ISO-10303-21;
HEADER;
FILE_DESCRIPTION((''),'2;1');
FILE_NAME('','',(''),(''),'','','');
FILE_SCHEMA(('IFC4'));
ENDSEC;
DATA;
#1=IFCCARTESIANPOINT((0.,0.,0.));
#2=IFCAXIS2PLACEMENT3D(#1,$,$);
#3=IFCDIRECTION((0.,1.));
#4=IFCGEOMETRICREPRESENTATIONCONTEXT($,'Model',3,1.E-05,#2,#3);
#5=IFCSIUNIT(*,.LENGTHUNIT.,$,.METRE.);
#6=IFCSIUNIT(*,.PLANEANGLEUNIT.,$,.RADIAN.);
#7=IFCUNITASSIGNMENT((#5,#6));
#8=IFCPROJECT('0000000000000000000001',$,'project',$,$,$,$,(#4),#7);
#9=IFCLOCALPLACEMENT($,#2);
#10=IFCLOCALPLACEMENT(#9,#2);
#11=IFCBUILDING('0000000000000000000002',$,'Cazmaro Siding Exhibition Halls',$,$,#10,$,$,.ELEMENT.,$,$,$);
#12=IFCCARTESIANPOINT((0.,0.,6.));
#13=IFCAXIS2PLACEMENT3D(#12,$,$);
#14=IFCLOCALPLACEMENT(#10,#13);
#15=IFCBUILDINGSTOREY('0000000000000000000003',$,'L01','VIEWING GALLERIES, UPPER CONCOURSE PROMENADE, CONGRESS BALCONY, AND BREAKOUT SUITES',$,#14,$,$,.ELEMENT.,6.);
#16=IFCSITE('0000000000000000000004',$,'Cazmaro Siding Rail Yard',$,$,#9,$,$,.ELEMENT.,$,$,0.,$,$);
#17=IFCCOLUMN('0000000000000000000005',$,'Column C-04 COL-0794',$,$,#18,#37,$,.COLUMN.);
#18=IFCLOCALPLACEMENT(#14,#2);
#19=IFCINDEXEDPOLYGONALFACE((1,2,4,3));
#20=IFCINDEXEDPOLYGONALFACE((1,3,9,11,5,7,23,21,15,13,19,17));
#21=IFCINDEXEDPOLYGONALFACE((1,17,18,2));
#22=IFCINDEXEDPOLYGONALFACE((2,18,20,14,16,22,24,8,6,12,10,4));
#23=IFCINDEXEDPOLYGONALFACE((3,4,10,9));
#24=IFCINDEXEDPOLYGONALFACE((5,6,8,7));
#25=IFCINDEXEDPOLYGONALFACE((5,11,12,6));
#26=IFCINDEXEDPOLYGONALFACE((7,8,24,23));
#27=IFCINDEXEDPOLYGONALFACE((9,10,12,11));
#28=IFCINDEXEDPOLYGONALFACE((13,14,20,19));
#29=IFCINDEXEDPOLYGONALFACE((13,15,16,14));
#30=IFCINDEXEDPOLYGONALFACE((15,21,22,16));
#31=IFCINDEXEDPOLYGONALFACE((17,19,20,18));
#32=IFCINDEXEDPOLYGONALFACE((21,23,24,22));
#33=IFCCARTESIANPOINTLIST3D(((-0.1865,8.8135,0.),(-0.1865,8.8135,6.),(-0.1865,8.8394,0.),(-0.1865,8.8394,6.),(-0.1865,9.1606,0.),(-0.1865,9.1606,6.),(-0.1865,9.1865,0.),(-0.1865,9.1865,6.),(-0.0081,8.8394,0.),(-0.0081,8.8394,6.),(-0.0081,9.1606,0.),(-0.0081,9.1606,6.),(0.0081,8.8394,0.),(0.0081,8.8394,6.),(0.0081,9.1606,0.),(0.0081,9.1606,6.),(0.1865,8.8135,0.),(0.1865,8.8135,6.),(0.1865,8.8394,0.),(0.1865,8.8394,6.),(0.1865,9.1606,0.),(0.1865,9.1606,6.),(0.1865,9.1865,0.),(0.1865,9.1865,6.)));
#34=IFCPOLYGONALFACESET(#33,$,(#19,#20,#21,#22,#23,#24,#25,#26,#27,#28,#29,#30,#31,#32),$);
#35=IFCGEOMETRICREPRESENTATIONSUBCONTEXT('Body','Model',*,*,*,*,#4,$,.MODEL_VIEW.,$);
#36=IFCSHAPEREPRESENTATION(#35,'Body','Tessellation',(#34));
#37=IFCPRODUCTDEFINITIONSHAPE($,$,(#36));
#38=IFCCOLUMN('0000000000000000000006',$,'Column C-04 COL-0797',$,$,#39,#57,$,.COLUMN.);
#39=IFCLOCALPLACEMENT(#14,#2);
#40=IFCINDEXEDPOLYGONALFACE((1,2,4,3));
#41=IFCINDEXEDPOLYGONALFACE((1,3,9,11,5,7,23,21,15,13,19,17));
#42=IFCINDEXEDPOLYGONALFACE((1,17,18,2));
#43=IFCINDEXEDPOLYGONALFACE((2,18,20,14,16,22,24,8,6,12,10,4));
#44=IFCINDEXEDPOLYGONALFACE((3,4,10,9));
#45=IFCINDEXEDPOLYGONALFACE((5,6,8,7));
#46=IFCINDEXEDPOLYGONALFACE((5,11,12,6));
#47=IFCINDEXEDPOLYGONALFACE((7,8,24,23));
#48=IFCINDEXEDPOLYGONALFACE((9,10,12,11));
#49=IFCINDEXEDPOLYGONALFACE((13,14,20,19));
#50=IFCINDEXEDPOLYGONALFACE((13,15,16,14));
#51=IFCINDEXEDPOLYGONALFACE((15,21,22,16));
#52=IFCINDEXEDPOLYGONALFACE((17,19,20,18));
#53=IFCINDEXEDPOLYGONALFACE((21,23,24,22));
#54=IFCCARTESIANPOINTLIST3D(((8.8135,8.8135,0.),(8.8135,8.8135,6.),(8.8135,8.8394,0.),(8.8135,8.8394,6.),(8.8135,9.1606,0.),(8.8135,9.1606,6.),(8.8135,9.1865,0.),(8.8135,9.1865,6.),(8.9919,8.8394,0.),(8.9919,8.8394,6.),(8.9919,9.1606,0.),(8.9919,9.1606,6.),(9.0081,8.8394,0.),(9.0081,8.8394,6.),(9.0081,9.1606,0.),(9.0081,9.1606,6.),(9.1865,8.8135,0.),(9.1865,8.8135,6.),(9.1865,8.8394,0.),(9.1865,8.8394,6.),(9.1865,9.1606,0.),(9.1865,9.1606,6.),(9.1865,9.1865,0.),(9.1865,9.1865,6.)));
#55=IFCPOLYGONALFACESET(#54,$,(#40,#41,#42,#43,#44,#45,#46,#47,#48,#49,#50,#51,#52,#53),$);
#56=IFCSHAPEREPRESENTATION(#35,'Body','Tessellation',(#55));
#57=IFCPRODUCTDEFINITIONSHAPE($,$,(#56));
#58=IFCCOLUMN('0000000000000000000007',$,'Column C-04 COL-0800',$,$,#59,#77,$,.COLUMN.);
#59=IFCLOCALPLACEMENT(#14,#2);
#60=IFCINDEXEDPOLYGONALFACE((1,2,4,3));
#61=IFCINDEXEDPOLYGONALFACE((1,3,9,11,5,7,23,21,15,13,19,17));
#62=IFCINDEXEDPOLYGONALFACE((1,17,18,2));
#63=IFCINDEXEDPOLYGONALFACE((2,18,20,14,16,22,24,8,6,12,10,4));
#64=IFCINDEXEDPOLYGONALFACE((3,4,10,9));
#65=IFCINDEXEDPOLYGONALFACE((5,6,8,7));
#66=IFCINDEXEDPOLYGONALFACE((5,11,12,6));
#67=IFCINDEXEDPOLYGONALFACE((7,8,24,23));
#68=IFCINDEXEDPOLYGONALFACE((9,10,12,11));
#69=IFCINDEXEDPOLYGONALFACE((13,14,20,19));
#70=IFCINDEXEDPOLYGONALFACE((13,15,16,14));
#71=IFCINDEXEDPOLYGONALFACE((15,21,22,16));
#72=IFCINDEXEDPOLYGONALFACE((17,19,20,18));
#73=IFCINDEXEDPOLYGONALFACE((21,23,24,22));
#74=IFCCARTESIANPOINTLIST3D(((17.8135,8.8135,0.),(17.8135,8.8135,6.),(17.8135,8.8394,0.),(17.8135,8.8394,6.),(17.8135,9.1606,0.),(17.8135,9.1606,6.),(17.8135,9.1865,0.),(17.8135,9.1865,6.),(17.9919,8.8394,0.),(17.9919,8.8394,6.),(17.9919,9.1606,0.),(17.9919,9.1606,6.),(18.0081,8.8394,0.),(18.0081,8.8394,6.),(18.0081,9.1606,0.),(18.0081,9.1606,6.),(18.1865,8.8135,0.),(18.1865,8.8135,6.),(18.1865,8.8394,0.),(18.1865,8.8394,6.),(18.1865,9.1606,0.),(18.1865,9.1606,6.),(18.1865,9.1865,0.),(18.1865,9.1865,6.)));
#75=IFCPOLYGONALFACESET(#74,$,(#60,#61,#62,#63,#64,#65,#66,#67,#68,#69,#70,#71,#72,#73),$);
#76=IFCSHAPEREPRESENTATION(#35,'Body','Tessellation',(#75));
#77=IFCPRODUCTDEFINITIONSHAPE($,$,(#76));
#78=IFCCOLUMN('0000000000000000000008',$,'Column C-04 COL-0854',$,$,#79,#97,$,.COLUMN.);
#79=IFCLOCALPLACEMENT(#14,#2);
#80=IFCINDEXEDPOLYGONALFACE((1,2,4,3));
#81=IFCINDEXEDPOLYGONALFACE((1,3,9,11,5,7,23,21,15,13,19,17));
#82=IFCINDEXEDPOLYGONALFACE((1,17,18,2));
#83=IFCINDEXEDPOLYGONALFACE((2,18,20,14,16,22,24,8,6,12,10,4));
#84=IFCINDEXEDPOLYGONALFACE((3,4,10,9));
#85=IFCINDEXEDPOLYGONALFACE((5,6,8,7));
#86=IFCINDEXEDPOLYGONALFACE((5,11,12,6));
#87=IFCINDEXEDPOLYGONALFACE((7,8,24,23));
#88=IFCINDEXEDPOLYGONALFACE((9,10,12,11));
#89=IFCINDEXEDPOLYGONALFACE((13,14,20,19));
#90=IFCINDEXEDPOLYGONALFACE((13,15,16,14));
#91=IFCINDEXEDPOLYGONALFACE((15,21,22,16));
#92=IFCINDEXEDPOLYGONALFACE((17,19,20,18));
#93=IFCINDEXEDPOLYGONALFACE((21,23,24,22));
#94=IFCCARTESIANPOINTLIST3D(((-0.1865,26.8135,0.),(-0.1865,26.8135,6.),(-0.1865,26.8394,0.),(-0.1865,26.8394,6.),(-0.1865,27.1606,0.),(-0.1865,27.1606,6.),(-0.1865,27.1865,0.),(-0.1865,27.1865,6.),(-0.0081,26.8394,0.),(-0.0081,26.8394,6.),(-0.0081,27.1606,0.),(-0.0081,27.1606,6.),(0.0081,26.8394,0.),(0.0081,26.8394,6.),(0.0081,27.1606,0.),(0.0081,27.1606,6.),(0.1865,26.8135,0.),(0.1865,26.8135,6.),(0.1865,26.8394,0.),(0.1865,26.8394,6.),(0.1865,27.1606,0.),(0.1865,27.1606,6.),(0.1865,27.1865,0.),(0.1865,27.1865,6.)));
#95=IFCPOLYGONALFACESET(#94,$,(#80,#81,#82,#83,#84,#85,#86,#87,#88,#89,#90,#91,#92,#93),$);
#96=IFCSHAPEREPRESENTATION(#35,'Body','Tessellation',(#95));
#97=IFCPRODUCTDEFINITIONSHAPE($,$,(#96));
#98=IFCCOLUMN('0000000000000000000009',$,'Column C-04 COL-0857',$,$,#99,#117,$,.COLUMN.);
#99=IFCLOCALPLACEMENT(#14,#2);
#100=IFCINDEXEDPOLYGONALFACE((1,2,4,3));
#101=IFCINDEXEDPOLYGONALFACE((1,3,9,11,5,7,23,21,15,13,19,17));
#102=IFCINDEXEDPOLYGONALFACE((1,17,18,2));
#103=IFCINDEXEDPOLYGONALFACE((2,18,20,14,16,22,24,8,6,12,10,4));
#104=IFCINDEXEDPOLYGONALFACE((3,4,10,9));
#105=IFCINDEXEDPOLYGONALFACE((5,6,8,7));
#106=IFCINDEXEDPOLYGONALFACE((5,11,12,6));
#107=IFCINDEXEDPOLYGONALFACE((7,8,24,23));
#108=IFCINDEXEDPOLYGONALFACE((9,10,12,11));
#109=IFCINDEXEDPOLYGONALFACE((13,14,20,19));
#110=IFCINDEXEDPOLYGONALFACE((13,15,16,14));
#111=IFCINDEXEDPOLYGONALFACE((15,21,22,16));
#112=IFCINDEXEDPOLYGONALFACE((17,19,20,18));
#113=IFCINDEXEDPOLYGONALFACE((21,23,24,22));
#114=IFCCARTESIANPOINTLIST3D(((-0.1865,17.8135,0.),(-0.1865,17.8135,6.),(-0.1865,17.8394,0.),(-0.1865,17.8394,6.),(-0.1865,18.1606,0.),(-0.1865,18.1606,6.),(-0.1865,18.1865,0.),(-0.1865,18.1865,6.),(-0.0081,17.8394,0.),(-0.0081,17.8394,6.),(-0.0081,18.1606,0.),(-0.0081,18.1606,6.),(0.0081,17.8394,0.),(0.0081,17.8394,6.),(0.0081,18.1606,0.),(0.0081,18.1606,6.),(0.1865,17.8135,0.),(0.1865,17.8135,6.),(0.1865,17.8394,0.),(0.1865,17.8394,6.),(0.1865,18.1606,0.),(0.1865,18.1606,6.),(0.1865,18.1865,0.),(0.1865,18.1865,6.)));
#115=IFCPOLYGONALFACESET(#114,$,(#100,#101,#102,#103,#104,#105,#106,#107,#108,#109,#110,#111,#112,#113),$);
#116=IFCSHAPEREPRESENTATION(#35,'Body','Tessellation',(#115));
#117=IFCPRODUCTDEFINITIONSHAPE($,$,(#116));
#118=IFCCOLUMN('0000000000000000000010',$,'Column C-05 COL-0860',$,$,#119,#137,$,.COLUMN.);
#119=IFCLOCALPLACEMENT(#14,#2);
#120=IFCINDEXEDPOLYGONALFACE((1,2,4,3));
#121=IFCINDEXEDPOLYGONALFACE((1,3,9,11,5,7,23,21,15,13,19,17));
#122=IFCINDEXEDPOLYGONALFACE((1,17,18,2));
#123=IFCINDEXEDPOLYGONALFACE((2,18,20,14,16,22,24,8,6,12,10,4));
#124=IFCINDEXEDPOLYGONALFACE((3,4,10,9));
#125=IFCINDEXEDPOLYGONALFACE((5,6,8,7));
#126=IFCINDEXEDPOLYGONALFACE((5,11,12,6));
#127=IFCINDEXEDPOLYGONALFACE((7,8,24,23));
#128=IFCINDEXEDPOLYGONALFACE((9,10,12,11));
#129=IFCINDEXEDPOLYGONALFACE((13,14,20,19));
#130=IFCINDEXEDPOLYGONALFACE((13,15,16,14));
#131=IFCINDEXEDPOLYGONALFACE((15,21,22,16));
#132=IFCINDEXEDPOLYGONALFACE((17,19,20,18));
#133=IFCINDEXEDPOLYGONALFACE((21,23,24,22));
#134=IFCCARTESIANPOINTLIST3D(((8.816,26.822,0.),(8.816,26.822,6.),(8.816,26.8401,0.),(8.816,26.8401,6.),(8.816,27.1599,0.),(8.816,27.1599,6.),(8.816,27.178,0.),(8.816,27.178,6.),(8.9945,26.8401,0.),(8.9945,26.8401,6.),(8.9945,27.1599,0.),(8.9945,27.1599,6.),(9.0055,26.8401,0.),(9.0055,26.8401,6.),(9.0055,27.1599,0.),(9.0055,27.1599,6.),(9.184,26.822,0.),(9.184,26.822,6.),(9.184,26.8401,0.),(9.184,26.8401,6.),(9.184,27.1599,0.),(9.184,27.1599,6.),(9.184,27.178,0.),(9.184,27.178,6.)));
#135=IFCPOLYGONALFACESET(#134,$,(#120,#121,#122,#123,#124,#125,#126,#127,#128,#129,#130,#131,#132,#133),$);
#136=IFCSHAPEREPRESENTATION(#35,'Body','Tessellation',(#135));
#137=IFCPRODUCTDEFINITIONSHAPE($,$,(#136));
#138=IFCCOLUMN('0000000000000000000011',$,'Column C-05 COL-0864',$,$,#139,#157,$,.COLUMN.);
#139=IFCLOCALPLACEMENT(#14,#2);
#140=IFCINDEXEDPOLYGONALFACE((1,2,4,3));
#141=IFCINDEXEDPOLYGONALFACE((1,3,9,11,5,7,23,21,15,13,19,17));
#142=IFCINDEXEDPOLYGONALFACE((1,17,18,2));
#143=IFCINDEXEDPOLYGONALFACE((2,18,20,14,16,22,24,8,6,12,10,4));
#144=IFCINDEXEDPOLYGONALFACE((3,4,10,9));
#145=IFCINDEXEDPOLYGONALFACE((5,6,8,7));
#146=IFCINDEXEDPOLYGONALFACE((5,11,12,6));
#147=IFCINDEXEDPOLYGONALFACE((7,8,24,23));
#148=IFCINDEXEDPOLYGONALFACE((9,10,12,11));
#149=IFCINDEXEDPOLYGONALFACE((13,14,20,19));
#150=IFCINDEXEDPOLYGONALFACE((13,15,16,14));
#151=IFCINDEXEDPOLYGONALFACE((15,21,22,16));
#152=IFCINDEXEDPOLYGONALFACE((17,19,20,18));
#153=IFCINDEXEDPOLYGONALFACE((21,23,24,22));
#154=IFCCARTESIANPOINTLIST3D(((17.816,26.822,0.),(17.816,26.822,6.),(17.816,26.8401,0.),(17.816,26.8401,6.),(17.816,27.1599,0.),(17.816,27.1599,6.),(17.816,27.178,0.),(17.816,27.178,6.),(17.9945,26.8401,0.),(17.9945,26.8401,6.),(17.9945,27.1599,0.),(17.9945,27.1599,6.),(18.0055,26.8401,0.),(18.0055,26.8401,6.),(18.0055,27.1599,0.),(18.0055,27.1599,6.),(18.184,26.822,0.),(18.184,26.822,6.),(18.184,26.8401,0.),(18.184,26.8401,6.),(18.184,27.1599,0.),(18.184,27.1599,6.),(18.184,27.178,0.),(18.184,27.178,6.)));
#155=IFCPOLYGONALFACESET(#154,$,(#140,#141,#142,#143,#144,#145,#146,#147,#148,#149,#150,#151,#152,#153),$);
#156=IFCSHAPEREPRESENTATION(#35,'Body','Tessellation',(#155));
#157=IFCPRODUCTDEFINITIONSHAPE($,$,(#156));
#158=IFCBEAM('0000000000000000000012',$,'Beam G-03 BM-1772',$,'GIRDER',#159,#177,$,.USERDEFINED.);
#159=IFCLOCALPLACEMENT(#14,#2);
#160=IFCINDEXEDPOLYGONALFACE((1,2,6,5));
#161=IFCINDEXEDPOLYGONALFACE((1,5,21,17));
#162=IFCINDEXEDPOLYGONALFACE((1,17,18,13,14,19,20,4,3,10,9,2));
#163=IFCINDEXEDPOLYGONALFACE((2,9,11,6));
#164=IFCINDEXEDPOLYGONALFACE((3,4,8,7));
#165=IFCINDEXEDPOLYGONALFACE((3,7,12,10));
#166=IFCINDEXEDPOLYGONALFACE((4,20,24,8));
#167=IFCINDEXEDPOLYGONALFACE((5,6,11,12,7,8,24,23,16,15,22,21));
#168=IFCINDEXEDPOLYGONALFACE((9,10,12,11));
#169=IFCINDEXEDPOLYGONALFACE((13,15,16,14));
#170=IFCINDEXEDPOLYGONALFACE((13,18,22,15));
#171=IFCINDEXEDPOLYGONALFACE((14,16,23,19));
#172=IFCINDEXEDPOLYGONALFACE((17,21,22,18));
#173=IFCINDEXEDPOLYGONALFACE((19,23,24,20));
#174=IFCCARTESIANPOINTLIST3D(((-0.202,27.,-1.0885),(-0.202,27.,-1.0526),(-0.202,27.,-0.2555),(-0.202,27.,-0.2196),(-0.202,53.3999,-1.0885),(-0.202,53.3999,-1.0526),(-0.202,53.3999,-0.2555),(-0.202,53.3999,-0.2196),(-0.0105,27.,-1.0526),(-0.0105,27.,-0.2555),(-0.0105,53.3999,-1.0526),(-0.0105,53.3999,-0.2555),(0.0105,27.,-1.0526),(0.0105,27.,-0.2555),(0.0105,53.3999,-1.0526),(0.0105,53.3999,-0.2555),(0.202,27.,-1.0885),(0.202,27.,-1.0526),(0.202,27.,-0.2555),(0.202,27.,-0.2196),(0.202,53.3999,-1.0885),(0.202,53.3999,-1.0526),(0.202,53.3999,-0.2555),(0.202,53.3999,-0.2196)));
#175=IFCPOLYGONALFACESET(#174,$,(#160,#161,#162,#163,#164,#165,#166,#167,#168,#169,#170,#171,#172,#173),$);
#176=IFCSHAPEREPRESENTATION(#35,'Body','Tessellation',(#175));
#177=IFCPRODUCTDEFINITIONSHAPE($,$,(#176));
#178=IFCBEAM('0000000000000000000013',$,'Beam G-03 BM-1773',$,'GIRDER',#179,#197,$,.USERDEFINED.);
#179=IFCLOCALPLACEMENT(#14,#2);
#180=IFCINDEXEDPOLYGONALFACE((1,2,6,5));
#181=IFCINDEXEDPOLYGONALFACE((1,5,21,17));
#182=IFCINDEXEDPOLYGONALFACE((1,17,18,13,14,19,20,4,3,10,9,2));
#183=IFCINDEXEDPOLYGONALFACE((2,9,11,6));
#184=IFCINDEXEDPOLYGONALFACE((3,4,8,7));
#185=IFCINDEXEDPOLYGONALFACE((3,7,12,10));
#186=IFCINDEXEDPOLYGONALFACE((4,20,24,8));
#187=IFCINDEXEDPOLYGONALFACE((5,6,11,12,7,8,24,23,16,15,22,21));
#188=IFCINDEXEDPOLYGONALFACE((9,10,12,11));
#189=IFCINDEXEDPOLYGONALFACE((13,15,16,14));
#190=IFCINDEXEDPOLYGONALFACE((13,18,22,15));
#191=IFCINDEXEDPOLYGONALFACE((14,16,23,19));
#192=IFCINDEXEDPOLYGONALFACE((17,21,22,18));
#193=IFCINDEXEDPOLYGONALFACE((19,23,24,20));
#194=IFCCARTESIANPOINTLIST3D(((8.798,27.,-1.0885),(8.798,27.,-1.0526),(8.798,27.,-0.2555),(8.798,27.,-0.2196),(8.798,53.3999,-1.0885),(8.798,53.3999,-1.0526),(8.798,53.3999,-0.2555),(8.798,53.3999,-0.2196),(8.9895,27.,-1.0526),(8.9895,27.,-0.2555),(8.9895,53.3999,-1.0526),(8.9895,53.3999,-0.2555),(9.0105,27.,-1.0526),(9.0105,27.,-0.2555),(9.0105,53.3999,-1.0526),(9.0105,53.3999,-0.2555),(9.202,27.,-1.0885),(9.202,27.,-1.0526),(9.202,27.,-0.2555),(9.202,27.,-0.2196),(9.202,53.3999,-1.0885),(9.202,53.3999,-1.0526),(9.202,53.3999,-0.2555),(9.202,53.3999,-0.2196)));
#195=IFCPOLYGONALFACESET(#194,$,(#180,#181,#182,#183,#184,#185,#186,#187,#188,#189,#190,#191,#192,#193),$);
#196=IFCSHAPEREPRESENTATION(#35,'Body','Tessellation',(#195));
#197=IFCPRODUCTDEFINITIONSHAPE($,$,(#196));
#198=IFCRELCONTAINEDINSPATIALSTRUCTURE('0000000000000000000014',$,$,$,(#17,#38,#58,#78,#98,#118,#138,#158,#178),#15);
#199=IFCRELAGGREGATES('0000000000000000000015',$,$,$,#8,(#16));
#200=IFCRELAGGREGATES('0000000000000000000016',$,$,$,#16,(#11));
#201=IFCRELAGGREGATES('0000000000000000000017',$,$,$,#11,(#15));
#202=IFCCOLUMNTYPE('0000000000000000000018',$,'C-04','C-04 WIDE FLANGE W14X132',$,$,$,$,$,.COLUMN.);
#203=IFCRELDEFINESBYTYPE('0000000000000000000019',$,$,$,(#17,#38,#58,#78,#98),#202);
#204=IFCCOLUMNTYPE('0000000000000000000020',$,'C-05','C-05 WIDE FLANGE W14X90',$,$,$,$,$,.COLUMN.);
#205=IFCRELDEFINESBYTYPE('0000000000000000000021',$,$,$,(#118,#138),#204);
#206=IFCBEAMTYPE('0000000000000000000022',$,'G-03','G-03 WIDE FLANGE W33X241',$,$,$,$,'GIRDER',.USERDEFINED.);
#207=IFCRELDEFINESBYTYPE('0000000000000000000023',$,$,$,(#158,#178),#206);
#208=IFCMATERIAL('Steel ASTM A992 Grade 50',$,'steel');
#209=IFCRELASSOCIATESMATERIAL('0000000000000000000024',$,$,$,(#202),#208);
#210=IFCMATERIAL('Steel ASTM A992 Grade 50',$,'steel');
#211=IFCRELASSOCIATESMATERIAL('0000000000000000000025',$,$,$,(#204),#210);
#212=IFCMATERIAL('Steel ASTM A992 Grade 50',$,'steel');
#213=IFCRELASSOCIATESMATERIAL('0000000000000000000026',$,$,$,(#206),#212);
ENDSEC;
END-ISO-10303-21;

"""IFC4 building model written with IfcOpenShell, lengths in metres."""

from ifc_helpers import new_model, si_unit, direction, frame, origin, origin_2d, place, context, subcontext, project, spatial, i_section, extrude, material, material_profile, profile_set, type_object, element, save


model = new_model("IFC4")

# Units and contexts
model_context = context("Model", 3, precision=1e-05, world=origin(), true_north=direction((0.0, 1.0)))
body_context = subcontext(model_context, "Body", "Model", "MODEL_VIEW")
ifc_project = project(units=[si_unit("LENGTHUNIT", "METRE"), si_unit("PLANEANGLEUNIT", "RADIAN")], contexts=[model_context])

# Site, building, storey
site_placement = place(None, origin())
site = spatial("IfcSite", under=ifc_project, at=site_placement, Name="Cazmaro Siding Rail Yard", CompositionType="ELEMENT", RefElevation=0.0)
building_placement = place(site_placement, origin())
building = spatial("IfcBuilding", under=site, at=building_placement, Name="Cazmaro Siding Exhibition Halls", CompositionType="ELEMENT")
storey_placement = place(building_placement, frame((0.0, 0.0, 6.0)))
storey = spatial("IfcBuildingStorey", under=building, at=storey_placement, Name="L01", Description="VIEWING GALLERIES, UPPER CONCOURSE PROMENADE, CONGRESS BALCONY, AND BREAKOUT SUITES", CompositionType="ELEMENT", Elevation=6.0)

# Columns
ifc_material_1 = material(Name="Steel ASTM A992 Grade 50", Category="steel")
ifc_material_profile_1 = material_profile(ifc_material_1, i_section(OverallWidth=0.373, OverallDepth=0.373, WebThickness=0.0161, FlangeThickness=0.0259, at=origin_2d()), Name="W14X132")
ifc_profile_set_1 = profile_set([ifc_material_profile_1], Name="Steel ASTM A992 Grade 50")
column_type_1 = type_object("IfcColumnType", Name="C-04", Description="C-04 WIDE FLANGE W14X132", PredefinedType="COLUMN", material=ifc_profile_set_1)
for number, where, z_axis, x_axis, name in (
    (1, (0.0, 9.0, 0.0), (0.0, 0.0, 1.0), (1.0, 0.0, 0.0), "Column C-04 COL-0794"),
    (2, (9.0, 9.0, 0.0), (0.0, 0.0, 1.0), (1.0, 0.0, 0.0), "Column C-04 COL-0797"),
    (3, (18.0, 9.0, 0.0), (0.0, 0.0, 1.0), (1.0, 0.0, 0.0), "Column C-04 COL-0800"),
    (4, (0.0, 27.0, 0.0), (0.0, 0.0, 1.0), (1.0, 0.0, 0.0), "Column C-04 COL-0854"),
    (5, (0.0, 18.0, 0.0), (0.0, 0.0, 1.0), (1.0, 0.0, 0.0), "Column C-04 COL-0857"),
):
    element("IfcColumn", number, at=place(storey_placement, frame(where, z_axis=z_axis, x_axis=x_axis)), inside=storey, type_object=column_type_1, Name=name, PredefinedType="COLUMN", context=body_context, shape_type="SweptSolid", body=[
        extrude(i_section(OverallWidth=0.373, OverallDepth=0.373, WebThickness=0.0161, FlangeThickness=0.0259, at=origin_2d()), origin(), (0.0, 0.0, 1.0), 6.0),
    ])
ifc_material_2 = material(Name="Steel ASTM A992 Grade 50", Category="steel")
ifc_material_profile_2 = material_profile(ifc_material_2, i_section(OverallWidth=0.3679, OverallDepth=0.356, WebThickness=0.011, FlangeThickness=0.0181, at=origin_2d()), Name="W14X90")
ifc_profile_set_2 = profile_set([ifc_material_profile_2], Name="Steel ASTM A992 Grade 50")
column_type_2 = type_object("IfcColumnType", Name="C-05", Description="C-05 WIDE FLANGE W14X90", PredefinedType="COLUMN", material=ifc_profile_set_2)
for number, where, z_axis, x_axis, name in (
    (6, (9.0, 27.0, 0.0), (0.0, 0.0, 1.0), (1.0, 0.0, 0.0), "Column C-05 COL-0860"),
    (7, (18.0, 27.0, 0.0), (0.0, 0.0, 1.0), (1.0, 0.0, 0.0), "Column C-05 COL-0864"),
):
    element("IfcColumn", number, at=place(storey_placement, frame(where, z_axis=z_axis, x_axis=x_axis)), inside=storey, type_object=column_type_2, Name=name, PredefinedType="COLUMN", context=body_context, shape_type="SweptSolid", body=[
        extrude(i_section(OverallWidth=0.3679, OverallDepth=0.356, WebThickness=0.011, FlangeThickness=0.0181, at=origin_2d()), origin(), (0.0, 0.0, 1.0), 6.0),
    ])

# Beams
ifc_material_3 = material(Name="Steel ASTM A992 Grade 50", Category="steel")
ifc_material_profile_3 = material_profile(ifc_material_3, i_section(OverallWidth=0.4041, OverallDepth=0.8689, WebThickness=0.021, FlangeThickness=0.0359, at=origin_2d()), Name="W33X241")
ifc_profile_set_3 = profile_set([ifc_material_profile_3], Name="Steel ASTM A992 Grade 50")
beam_type_1 = type_object("IfcBeamType", Name="G-03", Description="G-03 WIDE FLANGE W33X241", ElementType="GIRDER", PredefinedType="USERDEFINED", material=ifc_profile_set_3)
for number, where, z_axis, x_axis, name in (
    (8, (0.0, 27.0, -0.6541), (0.0, 1.0, 0.0), (-1.0, 0.0, 0.0), "Beam G-03 BM-1772"),
    (9, (9.0, 27.0, -0.6541), (0.0, 1.0, 0.0), (-1.0, 0.0, 0.0), "Beam G-03 BM-1773"),
):
    element("IfcBeam", number, at=place(storey_placement, frame(where, z_axis=z_axis, x_axis=x_axis)), inside=storey, type_object=beam_type_1, Name=name, ObjectType="GIRDER", PredefinedType="USERDEFINED", context=body_context, shape_type="SweptSolid", body=[
        extrude(i_section(OverallWidth=0.4041, OverallDepth=0.8689, WebThickness=0.021, FlangeThickness=0.0359, at=origin_2d()), origin(), (0.0, 0.0, 1.0), 26.3999),
    ])

save(model, "model.ifc")
